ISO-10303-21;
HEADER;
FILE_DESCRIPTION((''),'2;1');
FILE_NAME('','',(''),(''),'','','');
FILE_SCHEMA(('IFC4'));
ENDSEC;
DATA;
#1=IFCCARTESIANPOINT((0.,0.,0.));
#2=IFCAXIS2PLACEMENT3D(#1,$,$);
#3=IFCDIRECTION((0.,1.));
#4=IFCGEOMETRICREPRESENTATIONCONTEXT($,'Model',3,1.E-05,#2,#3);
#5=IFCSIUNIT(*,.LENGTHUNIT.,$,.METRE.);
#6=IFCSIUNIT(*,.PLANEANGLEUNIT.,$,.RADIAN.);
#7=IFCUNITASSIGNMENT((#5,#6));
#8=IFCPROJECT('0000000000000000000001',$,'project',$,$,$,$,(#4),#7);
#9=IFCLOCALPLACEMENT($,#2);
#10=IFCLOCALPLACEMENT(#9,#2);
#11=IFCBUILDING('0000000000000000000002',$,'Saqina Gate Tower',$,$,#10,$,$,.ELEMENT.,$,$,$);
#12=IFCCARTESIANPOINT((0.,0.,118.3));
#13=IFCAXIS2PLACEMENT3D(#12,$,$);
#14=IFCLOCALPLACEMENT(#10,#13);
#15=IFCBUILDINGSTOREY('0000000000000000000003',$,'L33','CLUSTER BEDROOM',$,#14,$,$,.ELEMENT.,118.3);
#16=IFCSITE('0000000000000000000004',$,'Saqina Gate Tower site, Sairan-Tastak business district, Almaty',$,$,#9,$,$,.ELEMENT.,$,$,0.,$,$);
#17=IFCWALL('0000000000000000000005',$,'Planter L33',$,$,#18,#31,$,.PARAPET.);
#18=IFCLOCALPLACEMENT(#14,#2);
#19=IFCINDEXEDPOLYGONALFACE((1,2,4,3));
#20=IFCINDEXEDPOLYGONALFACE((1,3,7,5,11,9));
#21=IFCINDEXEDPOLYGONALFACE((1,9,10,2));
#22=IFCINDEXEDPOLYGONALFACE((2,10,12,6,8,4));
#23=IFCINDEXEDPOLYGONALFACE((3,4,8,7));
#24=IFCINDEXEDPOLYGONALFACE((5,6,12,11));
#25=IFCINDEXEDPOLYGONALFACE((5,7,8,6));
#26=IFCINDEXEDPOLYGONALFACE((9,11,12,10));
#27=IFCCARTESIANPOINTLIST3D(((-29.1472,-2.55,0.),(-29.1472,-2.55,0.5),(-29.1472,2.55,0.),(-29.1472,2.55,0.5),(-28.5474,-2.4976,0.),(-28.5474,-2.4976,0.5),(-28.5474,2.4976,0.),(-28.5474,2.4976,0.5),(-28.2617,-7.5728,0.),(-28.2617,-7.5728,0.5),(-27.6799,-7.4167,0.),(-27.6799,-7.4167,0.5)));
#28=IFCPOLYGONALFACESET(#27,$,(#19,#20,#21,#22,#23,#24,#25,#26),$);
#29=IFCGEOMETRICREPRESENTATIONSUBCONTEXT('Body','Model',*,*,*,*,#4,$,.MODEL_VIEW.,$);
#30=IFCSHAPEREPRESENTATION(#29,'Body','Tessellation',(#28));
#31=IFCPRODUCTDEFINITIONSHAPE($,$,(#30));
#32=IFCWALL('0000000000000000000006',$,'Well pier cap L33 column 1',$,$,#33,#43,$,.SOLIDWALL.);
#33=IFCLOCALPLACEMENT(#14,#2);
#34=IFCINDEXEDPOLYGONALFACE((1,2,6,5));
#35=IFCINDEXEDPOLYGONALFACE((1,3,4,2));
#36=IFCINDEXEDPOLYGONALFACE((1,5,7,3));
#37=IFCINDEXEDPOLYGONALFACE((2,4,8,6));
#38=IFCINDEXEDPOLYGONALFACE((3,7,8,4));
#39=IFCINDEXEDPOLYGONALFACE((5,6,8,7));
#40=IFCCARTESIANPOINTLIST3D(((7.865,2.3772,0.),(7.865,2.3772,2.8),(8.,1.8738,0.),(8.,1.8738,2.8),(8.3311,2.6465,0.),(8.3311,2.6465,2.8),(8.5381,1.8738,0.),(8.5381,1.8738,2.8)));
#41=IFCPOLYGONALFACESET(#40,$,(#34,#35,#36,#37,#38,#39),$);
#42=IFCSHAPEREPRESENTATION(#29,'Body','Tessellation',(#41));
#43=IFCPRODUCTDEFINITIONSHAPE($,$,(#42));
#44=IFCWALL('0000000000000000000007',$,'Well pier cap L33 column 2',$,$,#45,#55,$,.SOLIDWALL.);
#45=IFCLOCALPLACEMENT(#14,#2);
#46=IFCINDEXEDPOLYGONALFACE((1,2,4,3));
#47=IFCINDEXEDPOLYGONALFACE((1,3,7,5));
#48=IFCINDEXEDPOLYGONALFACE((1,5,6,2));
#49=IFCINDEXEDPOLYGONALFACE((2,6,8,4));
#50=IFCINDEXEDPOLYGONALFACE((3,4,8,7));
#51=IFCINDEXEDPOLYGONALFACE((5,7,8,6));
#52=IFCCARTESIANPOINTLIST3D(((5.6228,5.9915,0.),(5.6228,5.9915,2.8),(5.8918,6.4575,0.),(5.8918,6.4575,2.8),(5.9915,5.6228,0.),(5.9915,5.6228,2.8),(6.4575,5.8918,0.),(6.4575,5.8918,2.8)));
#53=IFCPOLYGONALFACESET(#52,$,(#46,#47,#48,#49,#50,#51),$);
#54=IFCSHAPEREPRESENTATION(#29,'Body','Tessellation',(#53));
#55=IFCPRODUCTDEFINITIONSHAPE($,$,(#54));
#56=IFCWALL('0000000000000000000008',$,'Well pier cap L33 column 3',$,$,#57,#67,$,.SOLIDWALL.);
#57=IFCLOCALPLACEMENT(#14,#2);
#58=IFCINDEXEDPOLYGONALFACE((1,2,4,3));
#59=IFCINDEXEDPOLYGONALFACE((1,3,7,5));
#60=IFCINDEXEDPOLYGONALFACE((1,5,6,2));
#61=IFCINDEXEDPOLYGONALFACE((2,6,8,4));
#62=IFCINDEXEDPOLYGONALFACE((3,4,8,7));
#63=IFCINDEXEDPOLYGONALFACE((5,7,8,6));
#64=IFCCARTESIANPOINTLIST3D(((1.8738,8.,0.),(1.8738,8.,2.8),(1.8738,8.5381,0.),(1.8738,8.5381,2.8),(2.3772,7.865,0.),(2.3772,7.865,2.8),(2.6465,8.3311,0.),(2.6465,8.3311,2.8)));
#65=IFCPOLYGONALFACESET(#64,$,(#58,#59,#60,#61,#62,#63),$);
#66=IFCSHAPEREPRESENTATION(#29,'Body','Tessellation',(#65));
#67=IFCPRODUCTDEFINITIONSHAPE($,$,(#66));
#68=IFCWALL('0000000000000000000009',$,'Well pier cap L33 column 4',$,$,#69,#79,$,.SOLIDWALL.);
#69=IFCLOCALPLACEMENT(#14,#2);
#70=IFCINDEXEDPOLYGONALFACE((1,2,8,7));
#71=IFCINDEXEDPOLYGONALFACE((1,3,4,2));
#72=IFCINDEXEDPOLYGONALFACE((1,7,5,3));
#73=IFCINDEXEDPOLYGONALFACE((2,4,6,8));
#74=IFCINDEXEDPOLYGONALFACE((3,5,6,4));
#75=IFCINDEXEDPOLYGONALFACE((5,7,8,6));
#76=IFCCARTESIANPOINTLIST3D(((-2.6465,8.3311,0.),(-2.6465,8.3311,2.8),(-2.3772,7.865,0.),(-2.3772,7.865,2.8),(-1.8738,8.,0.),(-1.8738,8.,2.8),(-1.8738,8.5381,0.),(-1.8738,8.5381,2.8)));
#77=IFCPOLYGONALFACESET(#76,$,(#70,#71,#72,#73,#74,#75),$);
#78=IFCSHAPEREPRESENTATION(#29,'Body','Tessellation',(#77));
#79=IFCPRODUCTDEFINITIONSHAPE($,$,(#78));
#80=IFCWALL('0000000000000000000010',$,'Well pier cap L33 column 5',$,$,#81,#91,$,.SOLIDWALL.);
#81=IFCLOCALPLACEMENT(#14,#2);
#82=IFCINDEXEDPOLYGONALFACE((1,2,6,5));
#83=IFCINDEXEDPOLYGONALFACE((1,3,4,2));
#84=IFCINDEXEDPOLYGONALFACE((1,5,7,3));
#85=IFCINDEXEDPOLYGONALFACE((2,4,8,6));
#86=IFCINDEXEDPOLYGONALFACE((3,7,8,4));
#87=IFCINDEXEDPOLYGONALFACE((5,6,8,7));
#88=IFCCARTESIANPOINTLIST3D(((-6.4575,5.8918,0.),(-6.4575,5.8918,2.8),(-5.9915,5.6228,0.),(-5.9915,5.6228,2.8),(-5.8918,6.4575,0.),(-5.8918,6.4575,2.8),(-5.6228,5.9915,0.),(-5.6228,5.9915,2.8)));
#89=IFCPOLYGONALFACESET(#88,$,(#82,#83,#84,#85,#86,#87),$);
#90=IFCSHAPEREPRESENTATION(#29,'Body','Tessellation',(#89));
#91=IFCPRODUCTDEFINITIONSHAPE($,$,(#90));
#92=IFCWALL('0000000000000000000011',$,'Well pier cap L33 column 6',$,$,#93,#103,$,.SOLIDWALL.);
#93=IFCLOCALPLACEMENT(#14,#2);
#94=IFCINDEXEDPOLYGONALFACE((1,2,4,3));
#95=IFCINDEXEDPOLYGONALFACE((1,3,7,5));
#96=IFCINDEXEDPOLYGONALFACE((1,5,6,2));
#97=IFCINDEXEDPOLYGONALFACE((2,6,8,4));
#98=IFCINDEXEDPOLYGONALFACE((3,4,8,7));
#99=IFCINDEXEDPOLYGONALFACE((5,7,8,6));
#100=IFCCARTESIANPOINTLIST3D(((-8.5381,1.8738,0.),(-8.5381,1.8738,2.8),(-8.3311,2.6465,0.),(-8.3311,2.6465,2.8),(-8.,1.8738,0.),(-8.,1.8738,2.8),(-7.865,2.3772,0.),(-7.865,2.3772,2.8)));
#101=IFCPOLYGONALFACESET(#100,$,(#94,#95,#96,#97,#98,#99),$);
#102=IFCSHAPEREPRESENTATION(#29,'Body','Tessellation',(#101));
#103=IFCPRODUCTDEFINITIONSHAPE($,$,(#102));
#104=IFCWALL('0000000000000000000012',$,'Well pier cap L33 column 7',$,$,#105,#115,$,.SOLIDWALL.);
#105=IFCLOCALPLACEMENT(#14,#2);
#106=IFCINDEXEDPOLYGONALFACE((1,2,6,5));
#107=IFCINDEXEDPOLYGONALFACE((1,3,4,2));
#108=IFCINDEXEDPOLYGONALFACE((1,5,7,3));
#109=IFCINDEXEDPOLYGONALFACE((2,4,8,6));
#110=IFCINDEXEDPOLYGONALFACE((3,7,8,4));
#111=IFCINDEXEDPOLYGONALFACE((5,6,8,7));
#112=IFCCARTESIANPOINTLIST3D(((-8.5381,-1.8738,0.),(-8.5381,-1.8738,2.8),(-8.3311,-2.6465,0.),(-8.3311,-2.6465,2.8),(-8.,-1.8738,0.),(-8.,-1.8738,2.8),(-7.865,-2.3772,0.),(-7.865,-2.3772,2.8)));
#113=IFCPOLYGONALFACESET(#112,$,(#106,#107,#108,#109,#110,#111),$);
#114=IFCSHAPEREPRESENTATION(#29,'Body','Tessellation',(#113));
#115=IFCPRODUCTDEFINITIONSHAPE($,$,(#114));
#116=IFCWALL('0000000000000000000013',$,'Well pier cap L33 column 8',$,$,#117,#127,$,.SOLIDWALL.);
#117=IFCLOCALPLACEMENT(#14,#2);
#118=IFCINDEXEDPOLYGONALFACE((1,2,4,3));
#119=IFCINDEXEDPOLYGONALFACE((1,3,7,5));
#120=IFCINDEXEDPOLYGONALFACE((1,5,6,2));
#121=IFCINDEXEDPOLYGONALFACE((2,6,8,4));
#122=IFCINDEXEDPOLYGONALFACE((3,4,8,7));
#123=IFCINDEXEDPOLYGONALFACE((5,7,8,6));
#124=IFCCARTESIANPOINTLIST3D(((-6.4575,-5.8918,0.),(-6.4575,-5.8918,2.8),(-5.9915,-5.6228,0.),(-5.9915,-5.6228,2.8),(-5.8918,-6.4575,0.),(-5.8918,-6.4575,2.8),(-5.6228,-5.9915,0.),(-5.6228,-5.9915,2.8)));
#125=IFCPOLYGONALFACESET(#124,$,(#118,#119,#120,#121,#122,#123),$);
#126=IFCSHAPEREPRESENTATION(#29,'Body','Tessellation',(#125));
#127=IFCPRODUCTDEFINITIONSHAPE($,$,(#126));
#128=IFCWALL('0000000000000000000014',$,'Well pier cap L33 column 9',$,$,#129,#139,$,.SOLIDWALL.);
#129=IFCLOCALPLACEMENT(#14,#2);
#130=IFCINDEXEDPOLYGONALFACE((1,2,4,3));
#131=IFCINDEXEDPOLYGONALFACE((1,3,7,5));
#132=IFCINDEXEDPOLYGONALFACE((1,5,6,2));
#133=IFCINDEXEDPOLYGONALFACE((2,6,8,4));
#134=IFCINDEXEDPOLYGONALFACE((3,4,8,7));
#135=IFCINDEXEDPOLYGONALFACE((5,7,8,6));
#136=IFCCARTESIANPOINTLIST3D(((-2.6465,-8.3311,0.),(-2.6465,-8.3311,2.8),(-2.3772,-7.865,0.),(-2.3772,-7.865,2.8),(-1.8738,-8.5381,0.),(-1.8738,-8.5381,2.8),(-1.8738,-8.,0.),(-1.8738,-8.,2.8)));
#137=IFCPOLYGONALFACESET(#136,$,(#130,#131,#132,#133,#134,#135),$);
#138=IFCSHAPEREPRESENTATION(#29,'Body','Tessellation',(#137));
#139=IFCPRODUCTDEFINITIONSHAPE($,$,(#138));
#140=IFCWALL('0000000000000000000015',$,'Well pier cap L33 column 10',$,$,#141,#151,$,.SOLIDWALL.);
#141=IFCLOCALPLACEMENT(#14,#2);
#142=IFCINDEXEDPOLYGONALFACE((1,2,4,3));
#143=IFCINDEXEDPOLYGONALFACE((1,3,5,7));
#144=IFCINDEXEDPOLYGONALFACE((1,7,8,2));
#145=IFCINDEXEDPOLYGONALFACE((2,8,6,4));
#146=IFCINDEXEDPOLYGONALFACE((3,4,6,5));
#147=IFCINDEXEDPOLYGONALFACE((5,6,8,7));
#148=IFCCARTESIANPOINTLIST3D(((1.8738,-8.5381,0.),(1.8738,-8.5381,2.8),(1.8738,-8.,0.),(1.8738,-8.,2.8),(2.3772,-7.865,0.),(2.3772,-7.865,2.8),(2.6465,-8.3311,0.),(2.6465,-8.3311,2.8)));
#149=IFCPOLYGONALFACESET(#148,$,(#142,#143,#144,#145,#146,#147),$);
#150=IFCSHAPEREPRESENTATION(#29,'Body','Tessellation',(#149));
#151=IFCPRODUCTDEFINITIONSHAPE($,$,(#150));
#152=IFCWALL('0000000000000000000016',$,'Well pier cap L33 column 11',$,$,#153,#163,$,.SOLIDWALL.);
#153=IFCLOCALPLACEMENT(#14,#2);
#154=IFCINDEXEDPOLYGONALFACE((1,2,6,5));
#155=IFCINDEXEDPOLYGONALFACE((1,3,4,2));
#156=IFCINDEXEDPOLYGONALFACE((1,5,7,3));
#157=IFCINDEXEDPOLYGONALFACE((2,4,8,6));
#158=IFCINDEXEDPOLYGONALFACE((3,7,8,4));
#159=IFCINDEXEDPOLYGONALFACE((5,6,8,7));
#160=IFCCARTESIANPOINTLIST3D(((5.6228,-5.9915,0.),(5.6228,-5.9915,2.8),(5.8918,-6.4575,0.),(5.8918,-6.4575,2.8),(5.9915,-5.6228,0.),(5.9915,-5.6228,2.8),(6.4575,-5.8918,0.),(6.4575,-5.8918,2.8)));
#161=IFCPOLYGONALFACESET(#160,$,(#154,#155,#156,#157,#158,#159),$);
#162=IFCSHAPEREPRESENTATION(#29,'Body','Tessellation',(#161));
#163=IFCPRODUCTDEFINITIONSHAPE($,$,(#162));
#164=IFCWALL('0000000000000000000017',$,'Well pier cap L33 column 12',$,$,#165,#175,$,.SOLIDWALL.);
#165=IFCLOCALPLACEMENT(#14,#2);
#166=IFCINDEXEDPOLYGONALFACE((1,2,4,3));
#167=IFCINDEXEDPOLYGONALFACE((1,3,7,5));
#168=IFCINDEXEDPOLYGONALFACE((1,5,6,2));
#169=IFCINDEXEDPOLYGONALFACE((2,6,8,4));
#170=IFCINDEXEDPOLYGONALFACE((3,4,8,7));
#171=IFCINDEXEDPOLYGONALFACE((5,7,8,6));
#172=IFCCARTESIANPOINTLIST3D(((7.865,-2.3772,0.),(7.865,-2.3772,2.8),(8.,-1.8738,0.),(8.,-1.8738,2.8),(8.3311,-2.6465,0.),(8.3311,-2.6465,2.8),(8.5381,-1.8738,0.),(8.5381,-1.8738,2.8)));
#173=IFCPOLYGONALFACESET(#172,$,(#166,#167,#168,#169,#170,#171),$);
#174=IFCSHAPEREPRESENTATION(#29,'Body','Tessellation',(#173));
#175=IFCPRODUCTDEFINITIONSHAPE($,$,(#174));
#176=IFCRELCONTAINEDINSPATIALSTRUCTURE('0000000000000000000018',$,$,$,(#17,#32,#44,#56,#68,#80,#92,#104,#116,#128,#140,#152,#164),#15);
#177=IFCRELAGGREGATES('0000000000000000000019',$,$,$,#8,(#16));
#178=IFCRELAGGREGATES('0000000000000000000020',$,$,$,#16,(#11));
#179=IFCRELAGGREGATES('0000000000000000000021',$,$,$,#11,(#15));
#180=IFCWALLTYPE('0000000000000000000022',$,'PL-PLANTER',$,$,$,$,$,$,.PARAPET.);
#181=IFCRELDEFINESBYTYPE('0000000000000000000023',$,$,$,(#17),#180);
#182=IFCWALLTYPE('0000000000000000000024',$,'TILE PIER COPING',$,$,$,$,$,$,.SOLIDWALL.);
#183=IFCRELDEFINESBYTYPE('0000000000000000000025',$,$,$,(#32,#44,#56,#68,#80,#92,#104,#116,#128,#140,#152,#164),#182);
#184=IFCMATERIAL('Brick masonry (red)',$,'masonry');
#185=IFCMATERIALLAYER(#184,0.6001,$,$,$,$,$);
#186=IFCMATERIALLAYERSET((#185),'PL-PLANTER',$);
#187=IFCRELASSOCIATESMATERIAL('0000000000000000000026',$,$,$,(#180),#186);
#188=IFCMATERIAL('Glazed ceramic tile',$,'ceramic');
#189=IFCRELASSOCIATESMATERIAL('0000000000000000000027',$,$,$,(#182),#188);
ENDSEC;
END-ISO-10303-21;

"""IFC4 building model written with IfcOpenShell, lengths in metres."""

from ifc_helpers import new_model, si_unit, direction, frame, origin, place, context, subcontext, project, spatial, polyline, outline, extrude, material, layer, layer_set, type_object, element, save


model = new_model("IFC4")

# Units and contexts
model_context = context("Model", 3, precision=1e-05, world=origin(), true_north=direction((0.0, 1.0)))
body_context = subcontext(model_context, "Body", "Model", "MODEL_VIEW")
ifc_project = project(units=[si_unit("LENGTHUNIT", "METRE"), si_unit("PLANEANGLEUNIT", "RADIAN")], contexts=[model_context])

# Site, building, storey
site_placement = place(None, origin())
site = spatial("IfcSite", under=ifc_project, at=site_placement, Name="Saqina Gate Tower site, Sairan-Tastak business district, Almaty", CompositionType="ELEMENT", RefElevation=0.0)
building_placement = place(site_placement, origin())
building = spatial("IfcBuilding", under=site, at=building_placement, Name="Saqina Gate Tower", CompositionType="ELEMENT")
storey_placement = place(building_placement, frame((0.0, 0.0, 118.3)))
storey = spatial("IfcBuildingStorey", under=building, at=storey_placement, Name="L33", Description="CLUSTER BEDROOM", CompositionType="ELEMENT", Elevation=118.3)

# Walls
ifc_material_1 = material(Name="Brick masonry (red)", Category="masonry")
ifc_layer_1 = layer(ifc_material_1, 0.6001)
ifc_layer_set_1 = layer_set([ifc_layer_1], Name="PL-PLANTER")
wall_type_1 = type_object("IfcWallType", Name="PL-PLANTER", PredefinedType="PARAPET", material=ifc_layer_set_1)
wall_1_placement = place(storey_placement, origin())
element("IfcWall", 1, at=wall_1_placement, inside=storey, type_object=wall_type_1, Name="Planter L33", PredefinedType="PARAPET", context=body_context, shape_type="SweptSolid", body=[
    extrude(outline(polyline([(-29.1472, 2.55), (-29.1472, -2.55), (-28.2617, -7.5728), (-27.6799, -7.4167), (-28.5474, -2.4976), (-28.5474, 2.4976), (-29.1472, 2.55)])), origin(), (0.0, 0.0, 1.0), 0.5),
])
ifc_material_2 = material(Name="Glazed ceramic tile", Category="ceramic")
wall_type_2 = type_object("IfcWallType", Name="TILE PIER COPING", PredefinedType="SOLIDWALL", material=ifc_material_2)
wall_2_placement = place(storey_placement, origin())
element("IfcWall", 2, at=wall_2_placement, inside=storey, type_object=wall_type_2, Name="Well pier cap L33 column 1", PredefinedType="SOLIDWALL", context=body_context, shape_type="SweptSolid", body=[
    extrude(outline(polyline([(8.3311, 2.6465), (7.865, 2.3772), (8.0, 1.8738), (8.5381, 1.8738), (8.3311, 2.6465)])), origin(), (0.0, 0.0, 1.0), 2.8),
])
wall_3_placement = place(storey_placement, origin())
element("IfcWall", 3, at=wall_3_placement, inside=storey, type_object=wall_type_2, Name="Well pier cap L33 column 2", PredefinedType="SOLIDWALL", context=body_context, shape_type="SweptSolid", body=[
    extrude(outline(polyline([(5.8918, 6.4575), (5.6228, 5.9915), (5.9915, 5.6228), (6.4575, 5.8918), (5.8918, 6.4575)])), origin(), (0.0, 0.0, 1.0), 2.8),
])
wall_4_placement = place(storey_placement, origin())
element("IfcWall", 4, at=wall_4_placement, inside=storey, type_object=wall_type_2, Name="Well pier cap L33 column 3", PredefinedType="SOLIDWALL", context=body_context, shape_type="SweptSolid", body=[
    extrude(outline(polyline([(1.8738, 8.5381), (1.8738, 8.0), (2.3772, 7.865), (2.6465, 8.3311), (1.8738, 8.5381)])), origin(), (0.0, 0.0, 1.0), 2.8),
])
wall_5_placement = place(storey_placement, origin())
element("IfcWall", 5, at=wall_5_placement, inside=storey, type_object=wall_type_2, Name="Well pier cap L33 column 4", PredefinedType="SOLIDWALL", context=body_context, shape_type="SweptSolid", body=[
    extrude(outline(polyline([(-2.6465, 8.3311), (-2.3772, 7.865), (-1.8738, 8.0), (-1.8738, 8.5381), (-2.6465, 8.3311)])), origin(), (0.0, 0.0, 1.0), 2.8),
])
wall_6_placement = place(storey_placement, origin())
element("IfcWall", 6, at=wall_6_placement, inside=storey, type_object=wall_type_2, Name="Well pier cap L33 column 5", PredefinedType="SOLIDWALL", context=body_context, shape_type="SweptSolid", body=[
    extrude(outline(polyline([(-6.4575, 5.8918), (-5.9915, 5.6228), (-5.6228, 5.9915), (-5.8918, 6.4575), (-6.4575, 5.8918)])), origin(), (0.0, 0.0, 1.0), 2.8),
])
wall_7_placement = place(storey_placement, origin())
element("IfcWall", 7, at=wall_7_placement, inside=storey, type_object=wall_type_2, Name="Well pier cap L33 column 6", PredefinedType="SOLIDWALL", context=body_context, shape_type="SweptSolid", body=[
    extrude(outline(polyline([(-8.5381, 1.8738), (-8.0, 1.8738), (-7.865, 2.3772), (-8.3311, 2.6465), (-8.5381, 1.8738)])), origin(), (0.0, 0.0, 1.0), 2.8),
])
wall_8_placement = place(storey_placement, origin())
element("IfcWall", 8, at=wall_8_placement, inside=storey, type_object=wall_type_2, Name="Well pier cap L33 column 7", PredefinedType="SOLIDWALL", context=body_context, shape_type="SweptSolid", body=[
    extrude(outline(polyline([(-8.3311, -2.6465), (-7.865, -2.3772), (-8.0, -1.8738), (-8.5381, -1.8738), (-8.3311, -2.6465)])), origin(), (0.0, 0.0, 1.0), 2.8),
])
wall_9_placement = place(storey_placement, origin())
element("IfcWall", 9, at=wall_9_placement, inside=storey, type_object=wall_type_2, Name="Well pier cap L33 column 8", PredefinedType="SOLIDWALL", context=body_context, shape_type="SweptSolid", body=[
    extrude(outline(polyline([(-6.4575, -5.8918), (-5.8918, -6.4575), (-5.6228, -5.9915), (-5.9915, -5.6228), (-6.4575, -5.8918)])), origin(), (0.0, 0.0, 1.0), 2.8),
])
wall_10_placement = place(storey_placement, origin())
element("IfcWall", 10, at=wall_10_placement, inside=storey, type_object=wall_type_2, Name="Well pier cap L33 column 9", PredefinedType="SOLIDWALL", context=body_context, shape_type="SweptSolid", body=[
    extrude(outline(polyline([(-1.8738, -8.5381), (-1.8738, -8.0), (-2.3772, -7.865), (-2.6465, -8.3311), (-1.8738, -8.5381)])), origin(), (0.0, 0.0, 1.0), 2.8),
])
wall_11_placement = place(storey_placement, origin())
element("IfcWall", 11, at=wall_11_placement, inside=storey, type_object=wall_type_2, Name="Well pier cap L33 column 10", PredefinedType="SOLIDWALL", context=body_context, shape_type="SweptSolid", body=[
    extrude(outline(polyline([(2.6465, -8.3311), (2.3772, -7.865), (1.8738, -8.0), (1.8738, -8.5381), (2.6465, -8.3311)])), origin(), (0.0, 0.0, 1.0), 2.8),
])
wall_12_placement = place(storey_placement, origin())
element("IfcWall", 12, at=wall_12_placement, inside=storey, type_object=wall_type_2, Name="Well pier cap L33 column 11", PredefinedType="SOLIDWALL", context=body_context, shape_type="SweptSolid", body=[
    extrude(outline(polyline([(5.8918, -6.4575), (6.4575, -5.8918), (5.9915, -5.6228), (5.6228, -5.9915), (5.8918, -6.4575)])), origin(), (0.0, 0.0, 1.0), 2.8),
])
wall_13_placement = place(storey_placement, origin())
element("IfcWall", 13, at=wall_13_placement, inside=storey, type_object=wall_type_2, Name="Well pier cap L33 column 12", PredefinedType="SOLIDWALL", context=body_context, shape_type="SweptSolid", body=[
    extrude(outline(polyline([(8.5381, -1.8738), (8.0, -1.8738), (7.865, -2.3772), (8.3311, -2.6465), (8.5381, -1.8738)])), origin(), (0.0, 0.0, 1.0), 2.8),
])

save(model, "model.ifc")
